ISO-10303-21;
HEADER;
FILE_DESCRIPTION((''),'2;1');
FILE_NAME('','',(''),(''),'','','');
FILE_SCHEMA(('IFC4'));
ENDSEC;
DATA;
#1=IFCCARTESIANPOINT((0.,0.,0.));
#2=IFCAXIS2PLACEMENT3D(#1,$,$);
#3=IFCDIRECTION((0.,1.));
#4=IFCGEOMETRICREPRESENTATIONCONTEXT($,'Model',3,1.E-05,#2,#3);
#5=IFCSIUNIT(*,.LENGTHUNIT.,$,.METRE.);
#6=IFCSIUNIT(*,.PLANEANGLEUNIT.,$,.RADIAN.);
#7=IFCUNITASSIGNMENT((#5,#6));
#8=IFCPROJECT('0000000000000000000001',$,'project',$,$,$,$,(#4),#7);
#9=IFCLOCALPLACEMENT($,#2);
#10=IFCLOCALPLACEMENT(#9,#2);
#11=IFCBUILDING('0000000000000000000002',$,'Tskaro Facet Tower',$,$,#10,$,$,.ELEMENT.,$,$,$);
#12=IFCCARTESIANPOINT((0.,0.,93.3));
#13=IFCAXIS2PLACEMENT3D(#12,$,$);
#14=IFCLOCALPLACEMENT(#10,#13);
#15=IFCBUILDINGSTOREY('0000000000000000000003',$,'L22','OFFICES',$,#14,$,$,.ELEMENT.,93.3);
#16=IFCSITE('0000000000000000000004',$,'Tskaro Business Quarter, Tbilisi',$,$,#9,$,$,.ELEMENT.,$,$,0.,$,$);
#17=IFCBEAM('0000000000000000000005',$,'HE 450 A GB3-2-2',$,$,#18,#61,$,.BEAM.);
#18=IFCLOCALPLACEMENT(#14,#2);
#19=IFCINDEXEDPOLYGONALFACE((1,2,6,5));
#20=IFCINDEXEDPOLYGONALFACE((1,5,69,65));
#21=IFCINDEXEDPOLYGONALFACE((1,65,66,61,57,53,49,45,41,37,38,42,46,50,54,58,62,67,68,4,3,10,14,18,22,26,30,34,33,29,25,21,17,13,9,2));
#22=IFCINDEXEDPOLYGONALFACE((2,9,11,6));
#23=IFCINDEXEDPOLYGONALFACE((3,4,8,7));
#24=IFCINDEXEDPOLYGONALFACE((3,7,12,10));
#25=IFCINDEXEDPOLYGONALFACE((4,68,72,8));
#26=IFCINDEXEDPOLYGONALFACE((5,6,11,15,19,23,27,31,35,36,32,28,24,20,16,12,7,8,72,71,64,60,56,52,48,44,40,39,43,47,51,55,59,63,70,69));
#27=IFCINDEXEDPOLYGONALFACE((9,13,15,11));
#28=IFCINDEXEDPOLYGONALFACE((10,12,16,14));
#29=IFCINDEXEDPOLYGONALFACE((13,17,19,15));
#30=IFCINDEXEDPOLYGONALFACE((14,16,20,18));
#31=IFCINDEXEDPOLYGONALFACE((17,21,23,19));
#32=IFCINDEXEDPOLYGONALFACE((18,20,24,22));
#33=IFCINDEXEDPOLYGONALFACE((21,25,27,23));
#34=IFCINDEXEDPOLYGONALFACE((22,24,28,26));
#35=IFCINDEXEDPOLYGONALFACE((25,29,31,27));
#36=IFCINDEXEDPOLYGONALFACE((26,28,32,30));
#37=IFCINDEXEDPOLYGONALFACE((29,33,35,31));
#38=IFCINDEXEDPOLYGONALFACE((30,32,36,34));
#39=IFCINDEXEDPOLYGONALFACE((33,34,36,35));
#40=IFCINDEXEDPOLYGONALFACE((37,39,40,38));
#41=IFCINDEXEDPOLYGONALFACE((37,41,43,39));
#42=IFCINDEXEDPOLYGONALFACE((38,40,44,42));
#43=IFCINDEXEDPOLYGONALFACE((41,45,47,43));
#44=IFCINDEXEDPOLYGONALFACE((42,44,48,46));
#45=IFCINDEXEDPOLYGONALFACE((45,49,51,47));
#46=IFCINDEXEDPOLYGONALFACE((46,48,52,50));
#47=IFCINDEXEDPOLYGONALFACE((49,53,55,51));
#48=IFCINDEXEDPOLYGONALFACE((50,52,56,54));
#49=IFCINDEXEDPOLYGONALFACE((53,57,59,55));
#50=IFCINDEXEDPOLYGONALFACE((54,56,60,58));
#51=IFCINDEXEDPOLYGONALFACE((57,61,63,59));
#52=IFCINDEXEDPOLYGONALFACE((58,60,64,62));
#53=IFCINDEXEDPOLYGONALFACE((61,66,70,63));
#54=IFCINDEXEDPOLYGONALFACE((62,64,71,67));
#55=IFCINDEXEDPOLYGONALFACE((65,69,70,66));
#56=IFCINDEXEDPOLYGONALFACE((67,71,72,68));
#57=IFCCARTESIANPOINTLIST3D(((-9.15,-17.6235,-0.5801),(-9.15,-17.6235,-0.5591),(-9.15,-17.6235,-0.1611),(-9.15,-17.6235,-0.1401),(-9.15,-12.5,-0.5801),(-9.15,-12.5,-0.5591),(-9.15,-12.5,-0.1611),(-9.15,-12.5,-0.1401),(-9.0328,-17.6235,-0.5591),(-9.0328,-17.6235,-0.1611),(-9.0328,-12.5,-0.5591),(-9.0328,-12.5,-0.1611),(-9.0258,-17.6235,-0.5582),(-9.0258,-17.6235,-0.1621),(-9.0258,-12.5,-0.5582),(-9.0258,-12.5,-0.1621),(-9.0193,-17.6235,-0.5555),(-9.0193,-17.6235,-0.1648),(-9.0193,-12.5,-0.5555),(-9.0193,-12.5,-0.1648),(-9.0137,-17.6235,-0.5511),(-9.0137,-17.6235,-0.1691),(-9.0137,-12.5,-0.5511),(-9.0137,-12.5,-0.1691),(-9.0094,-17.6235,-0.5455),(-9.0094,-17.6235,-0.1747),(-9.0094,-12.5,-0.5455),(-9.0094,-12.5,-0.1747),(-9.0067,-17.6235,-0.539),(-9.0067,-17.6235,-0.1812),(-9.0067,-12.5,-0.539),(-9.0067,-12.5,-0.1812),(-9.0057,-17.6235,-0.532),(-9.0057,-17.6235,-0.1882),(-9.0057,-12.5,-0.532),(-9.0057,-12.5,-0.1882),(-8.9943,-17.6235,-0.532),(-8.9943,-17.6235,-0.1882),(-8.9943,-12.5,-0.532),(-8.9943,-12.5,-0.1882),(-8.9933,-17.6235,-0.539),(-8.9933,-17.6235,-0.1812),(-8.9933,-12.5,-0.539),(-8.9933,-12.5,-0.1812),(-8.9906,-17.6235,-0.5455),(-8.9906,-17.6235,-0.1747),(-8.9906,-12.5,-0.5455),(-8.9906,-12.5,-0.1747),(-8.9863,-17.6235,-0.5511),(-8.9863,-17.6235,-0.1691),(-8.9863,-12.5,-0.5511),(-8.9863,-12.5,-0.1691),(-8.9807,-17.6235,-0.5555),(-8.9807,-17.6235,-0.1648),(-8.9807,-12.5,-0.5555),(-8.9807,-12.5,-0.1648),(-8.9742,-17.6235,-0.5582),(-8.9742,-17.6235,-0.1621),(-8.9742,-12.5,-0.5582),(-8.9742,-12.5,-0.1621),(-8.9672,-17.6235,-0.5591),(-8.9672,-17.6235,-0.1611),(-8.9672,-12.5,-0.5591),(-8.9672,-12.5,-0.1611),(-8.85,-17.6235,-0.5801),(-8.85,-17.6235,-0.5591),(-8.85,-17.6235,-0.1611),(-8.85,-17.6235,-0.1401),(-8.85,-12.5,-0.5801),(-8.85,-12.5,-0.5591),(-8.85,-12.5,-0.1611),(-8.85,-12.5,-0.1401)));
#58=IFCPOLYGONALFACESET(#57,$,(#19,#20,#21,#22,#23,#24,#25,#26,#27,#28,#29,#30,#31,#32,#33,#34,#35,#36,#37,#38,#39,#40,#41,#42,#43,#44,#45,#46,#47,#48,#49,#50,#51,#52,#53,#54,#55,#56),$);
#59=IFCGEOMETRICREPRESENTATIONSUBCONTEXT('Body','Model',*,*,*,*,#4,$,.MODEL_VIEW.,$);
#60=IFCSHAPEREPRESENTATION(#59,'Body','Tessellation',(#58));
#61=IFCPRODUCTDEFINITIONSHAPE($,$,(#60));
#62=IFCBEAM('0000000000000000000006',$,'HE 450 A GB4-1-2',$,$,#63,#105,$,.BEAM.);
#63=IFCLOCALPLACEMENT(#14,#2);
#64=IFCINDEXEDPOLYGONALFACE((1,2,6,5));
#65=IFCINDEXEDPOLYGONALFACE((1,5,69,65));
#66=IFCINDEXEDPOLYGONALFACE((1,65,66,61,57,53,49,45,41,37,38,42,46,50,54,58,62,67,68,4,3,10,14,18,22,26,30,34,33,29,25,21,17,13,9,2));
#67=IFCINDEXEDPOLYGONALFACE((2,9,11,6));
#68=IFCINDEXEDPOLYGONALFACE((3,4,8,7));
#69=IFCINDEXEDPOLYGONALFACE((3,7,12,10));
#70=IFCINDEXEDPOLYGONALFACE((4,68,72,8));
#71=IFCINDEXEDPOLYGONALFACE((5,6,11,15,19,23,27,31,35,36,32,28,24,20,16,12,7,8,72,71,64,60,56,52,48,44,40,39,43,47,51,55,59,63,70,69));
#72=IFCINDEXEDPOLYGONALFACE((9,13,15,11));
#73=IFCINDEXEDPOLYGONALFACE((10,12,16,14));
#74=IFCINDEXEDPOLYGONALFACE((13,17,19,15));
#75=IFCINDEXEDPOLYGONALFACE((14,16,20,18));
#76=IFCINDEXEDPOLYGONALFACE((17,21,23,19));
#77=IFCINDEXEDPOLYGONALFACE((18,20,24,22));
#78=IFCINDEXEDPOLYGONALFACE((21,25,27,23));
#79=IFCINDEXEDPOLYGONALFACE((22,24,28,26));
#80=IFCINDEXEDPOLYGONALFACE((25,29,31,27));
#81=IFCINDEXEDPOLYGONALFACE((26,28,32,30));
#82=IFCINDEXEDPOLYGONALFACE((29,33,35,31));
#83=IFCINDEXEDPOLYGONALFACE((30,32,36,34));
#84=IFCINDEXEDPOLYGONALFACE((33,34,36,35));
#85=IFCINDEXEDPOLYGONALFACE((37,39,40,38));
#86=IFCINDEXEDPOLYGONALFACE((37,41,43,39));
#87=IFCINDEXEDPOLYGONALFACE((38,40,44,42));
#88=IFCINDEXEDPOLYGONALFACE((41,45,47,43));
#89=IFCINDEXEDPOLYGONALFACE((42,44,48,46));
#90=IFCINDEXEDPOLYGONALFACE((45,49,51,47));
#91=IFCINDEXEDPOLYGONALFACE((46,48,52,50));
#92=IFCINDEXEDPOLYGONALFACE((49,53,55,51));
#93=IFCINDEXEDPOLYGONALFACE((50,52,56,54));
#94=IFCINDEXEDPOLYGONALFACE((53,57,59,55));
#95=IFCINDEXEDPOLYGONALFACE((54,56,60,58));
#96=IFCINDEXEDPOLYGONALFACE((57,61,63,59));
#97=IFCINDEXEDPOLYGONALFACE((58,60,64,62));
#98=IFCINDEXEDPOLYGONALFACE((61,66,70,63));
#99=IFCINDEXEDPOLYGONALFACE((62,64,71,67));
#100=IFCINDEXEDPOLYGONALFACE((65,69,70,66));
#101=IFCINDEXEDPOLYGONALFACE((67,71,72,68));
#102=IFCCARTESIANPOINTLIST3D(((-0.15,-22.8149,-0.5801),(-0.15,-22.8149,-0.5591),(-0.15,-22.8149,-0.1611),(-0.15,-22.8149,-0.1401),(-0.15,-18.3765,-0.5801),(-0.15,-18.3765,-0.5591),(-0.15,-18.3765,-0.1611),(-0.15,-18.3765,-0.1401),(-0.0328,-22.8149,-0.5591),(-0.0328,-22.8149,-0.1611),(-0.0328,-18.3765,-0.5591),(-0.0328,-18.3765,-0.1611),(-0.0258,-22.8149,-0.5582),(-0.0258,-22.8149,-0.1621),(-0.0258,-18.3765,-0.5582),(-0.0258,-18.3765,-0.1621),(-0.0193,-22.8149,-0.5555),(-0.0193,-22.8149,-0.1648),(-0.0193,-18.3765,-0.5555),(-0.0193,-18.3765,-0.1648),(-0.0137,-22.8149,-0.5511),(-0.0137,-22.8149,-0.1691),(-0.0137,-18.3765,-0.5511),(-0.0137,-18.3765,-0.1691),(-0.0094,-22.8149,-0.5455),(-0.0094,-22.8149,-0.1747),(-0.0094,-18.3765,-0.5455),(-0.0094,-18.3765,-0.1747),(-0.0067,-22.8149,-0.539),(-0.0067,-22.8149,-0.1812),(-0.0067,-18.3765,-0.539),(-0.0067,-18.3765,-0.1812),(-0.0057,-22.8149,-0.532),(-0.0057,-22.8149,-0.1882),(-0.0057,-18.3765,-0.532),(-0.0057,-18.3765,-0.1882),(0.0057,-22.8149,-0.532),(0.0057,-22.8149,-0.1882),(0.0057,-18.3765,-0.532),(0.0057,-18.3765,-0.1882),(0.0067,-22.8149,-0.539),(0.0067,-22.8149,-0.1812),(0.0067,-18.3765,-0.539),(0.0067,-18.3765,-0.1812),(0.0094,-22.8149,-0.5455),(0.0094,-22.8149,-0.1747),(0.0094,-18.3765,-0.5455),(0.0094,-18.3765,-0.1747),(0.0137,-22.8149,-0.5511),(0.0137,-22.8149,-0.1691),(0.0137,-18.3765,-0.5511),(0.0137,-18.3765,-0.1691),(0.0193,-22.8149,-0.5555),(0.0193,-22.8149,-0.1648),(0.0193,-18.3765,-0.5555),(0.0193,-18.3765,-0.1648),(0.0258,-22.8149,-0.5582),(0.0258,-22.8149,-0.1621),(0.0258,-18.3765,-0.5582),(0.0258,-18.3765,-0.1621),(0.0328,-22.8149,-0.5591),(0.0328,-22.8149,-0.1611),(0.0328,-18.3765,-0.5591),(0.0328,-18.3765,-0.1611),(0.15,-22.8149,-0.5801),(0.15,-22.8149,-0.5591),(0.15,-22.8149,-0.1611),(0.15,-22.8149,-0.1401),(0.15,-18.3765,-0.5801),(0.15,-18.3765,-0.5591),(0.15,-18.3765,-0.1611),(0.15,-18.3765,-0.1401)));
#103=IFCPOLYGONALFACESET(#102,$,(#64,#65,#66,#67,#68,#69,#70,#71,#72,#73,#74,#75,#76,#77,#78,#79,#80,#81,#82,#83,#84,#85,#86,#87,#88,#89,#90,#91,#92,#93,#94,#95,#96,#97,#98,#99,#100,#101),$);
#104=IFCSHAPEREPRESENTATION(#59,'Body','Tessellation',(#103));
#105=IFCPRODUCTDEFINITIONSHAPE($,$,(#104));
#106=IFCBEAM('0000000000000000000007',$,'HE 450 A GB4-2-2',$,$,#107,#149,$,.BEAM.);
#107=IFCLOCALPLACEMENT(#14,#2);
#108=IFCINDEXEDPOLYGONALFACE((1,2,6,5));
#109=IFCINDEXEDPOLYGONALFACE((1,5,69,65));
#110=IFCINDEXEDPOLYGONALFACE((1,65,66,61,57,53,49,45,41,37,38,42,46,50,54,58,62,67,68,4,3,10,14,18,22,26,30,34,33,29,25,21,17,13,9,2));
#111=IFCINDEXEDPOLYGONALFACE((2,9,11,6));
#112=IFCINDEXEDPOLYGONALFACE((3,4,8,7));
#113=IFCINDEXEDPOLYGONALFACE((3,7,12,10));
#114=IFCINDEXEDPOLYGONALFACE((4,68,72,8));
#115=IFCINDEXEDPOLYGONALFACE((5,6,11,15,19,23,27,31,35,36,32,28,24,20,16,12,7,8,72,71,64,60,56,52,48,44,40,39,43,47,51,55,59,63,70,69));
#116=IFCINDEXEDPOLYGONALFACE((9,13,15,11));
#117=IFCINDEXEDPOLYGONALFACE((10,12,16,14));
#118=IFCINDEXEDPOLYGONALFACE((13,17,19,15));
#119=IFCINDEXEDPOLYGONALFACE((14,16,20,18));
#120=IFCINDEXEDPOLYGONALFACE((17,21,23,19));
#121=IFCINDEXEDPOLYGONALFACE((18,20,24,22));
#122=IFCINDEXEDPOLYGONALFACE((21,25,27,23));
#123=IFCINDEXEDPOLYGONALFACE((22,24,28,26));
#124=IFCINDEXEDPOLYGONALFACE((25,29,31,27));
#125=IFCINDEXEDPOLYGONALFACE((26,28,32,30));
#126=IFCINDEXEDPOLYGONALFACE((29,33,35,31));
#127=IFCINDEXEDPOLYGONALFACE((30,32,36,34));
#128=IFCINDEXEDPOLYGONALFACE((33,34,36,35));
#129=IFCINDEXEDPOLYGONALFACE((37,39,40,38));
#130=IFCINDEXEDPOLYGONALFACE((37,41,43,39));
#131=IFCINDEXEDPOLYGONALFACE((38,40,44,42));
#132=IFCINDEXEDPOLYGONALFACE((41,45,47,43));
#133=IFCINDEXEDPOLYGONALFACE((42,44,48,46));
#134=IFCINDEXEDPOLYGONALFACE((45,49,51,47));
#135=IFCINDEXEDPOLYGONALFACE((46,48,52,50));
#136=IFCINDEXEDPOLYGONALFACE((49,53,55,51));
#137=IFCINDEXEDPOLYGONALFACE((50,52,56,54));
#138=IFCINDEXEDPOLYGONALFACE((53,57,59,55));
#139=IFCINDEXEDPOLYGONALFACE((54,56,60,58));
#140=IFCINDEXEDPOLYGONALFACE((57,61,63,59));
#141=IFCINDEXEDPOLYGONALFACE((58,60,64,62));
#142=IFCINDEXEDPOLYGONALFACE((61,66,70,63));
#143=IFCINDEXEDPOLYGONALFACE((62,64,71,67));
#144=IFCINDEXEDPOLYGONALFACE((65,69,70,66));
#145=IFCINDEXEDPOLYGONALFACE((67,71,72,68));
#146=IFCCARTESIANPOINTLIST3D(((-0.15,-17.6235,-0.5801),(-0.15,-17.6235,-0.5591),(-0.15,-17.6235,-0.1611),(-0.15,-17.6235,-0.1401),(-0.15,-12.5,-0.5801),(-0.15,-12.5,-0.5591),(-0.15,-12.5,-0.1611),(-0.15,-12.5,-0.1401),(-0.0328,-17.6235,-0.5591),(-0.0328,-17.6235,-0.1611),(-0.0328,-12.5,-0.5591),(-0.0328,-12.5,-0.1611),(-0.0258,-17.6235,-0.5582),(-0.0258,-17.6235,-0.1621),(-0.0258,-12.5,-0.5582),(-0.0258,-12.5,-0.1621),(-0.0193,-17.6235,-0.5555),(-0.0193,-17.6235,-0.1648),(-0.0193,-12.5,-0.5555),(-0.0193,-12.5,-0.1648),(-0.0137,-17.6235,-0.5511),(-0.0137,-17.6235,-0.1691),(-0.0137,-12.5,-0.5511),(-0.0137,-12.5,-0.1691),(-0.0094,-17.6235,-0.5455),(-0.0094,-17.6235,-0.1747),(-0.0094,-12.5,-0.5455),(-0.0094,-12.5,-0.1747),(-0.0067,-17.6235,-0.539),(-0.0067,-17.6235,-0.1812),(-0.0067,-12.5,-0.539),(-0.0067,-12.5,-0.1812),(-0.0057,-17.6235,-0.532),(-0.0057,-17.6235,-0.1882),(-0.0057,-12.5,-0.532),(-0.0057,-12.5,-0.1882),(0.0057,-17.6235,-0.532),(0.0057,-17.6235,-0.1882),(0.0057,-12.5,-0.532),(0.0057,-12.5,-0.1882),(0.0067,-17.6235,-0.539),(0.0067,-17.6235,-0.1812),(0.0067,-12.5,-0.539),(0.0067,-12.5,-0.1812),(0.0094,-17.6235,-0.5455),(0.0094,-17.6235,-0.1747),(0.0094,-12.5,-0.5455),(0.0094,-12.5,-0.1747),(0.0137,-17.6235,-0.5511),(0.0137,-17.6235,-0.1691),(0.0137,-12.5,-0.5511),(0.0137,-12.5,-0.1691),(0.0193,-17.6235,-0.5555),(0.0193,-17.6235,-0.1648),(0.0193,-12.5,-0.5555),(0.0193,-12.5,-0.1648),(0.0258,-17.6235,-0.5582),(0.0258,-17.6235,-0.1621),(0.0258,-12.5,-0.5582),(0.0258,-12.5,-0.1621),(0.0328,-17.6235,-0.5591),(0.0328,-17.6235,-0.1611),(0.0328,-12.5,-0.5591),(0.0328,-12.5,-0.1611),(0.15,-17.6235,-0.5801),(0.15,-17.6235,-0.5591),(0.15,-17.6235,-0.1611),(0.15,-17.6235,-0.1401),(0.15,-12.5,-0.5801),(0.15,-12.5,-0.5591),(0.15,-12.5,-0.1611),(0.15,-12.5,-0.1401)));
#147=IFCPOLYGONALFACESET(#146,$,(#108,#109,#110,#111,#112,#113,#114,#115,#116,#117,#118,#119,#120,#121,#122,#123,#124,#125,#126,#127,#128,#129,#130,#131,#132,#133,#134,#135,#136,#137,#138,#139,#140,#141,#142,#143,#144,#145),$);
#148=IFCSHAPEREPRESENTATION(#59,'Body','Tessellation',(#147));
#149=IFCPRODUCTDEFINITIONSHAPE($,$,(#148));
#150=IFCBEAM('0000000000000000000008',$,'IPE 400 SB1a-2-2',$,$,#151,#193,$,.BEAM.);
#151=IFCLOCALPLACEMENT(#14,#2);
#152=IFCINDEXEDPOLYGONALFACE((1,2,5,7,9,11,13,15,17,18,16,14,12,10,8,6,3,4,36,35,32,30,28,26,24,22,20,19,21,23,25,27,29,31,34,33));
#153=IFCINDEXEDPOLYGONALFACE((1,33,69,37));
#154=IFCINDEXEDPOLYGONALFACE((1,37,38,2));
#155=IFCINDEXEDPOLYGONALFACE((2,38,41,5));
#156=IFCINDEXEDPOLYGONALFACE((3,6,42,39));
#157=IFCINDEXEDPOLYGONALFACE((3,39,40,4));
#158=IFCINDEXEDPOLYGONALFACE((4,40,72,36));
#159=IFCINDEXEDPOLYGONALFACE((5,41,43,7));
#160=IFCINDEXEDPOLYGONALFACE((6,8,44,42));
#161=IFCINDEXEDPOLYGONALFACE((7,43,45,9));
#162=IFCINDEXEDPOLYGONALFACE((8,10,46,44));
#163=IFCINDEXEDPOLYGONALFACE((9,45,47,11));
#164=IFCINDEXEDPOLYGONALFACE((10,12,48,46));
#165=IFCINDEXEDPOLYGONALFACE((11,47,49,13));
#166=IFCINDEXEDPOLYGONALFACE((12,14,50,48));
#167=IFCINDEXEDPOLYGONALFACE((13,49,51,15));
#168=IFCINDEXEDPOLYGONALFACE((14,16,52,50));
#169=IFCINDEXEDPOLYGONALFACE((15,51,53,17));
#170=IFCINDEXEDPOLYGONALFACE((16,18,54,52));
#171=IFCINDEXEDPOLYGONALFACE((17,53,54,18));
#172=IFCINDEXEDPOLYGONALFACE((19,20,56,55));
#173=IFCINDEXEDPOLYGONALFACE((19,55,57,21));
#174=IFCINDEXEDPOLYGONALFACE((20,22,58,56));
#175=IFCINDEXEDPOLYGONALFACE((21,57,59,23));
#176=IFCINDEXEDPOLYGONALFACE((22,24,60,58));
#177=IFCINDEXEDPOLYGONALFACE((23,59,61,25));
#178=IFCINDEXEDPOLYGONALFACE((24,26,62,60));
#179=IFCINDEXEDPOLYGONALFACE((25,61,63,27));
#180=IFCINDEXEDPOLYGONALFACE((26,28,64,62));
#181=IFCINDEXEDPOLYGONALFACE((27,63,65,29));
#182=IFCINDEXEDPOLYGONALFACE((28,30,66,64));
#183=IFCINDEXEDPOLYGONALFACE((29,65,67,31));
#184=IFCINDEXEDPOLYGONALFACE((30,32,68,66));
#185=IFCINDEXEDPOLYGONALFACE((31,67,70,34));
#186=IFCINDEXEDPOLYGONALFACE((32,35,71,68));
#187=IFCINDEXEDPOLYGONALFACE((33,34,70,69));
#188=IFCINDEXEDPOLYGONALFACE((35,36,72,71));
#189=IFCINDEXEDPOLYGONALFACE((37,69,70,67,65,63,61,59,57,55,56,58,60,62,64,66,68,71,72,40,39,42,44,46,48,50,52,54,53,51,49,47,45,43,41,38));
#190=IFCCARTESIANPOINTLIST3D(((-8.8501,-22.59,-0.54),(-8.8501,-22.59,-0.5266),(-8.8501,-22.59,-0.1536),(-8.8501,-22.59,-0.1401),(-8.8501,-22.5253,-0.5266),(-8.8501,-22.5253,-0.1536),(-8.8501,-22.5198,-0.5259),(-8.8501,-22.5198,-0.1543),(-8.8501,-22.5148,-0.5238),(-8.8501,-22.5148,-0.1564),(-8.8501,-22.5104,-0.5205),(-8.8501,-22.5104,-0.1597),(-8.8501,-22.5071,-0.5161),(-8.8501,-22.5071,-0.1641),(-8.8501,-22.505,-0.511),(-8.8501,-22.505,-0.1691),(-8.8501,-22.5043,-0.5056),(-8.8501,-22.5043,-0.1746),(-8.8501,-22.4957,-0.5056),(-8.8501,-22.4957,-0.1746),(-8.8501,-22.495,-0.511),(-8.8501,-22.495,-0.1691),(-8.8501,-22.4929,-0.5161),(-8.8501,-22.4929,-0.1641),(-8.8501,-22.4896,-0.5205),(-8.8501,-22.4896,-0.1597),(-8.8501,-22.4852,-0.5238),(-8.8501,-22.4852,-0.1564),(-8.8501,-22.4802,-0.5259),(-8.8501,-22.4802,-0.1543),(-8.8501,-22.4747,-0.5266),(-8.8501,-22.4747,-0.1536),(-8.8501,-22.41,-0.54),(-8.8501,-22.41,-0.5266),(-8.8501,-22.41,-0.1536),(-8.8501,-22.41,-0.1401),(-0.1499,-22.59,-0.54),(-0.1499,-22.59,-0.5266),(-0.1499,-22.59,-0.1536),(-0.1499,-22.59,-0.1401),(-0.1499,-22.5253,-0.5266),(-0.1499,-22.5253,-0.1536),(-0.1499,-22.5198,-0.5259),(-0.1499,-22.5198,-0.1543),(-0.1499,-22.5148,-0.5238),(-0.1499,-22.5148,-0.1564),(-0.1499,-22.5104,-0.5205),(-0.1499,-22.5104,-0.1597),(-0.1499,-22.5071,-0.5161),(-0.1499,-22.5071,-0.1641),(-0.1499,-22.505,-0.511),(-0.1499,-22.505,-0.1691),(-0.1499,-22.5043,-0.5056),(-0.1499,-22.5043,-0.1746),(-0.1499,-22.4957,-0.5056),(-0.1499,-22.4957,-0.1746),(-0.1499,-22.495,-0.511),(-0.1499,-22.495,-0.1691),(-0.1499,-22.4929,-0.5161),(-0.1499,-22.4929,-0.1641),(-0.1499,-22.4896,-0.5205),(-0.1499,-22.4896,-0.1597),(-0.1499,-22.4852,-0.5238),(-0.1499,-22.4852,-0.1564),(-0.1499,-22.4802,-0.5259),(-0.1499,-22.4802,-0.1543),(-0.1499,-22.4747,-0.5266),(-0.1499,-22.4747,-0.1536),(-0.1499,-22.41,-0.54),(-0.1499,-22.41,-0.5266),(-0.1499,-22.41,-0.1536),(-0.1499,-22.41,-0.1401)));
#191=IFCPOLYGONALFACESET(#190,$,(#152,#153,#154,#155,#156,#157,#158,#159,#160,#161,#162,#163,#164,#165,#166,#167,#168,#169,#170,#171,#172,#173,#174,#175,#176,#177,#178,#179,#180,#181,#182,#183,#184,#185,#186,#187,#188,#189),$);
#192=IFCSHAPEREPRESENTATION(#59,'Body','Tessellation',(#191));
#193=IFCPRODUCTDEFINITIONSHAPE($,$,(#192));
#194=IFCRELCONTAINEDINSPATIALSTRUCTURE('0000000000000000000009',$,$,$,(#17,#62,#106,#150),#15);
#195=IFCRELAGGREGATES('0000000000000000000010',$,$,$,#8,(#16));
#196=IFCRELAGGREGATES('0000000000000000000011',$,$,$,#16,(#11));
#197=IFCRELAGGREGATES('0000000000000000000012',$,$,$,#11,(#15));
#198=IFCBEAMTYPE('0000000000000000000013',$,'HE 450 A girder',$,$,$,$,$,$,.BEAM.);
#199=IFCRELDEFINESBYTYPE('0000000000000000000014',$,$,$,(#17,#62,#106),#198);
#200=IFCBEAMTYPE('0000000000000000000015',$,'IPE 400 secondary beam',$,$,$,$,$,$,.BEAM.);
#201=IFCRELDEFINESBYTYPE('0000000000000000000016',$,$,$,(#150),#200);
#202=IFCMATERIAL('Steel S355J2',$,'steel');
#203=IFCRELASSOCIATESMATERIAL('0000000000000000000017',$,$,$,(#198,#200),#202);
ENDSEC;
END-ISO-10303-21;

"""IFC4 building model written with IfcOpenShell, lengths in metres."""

from ifc_helpers import new_model, si_unit, direction, frame, origin, origin_2d, place, context, subcontext, project, spatial, i_section, extrude, material, material_profile, profile_set, type_object, element, save


model = new_model("IFC4")

# Units and contexts
model_context = context("Model", 3, precision=1e-05, world=origin(), true_north=direction((0.0, 1.0)))
body_context = subcontext(model_context, "Body", "Model", "MODEL_VIEW")
ifc_project = project(units=[si_unit("LENGTHUNIT", "METRE"), si_unit("PLANEANGLEUNIT", "RADIAN")], contexts=[model_context])

# Site, building, storey
site_placement = place(None, origin())
site = spatial("IfcSite", under=ifc_project, at=site_placement, Name="Tskaro Business Quarter, Tbilisi", CompositionType="ELEMENT", RefElevation=0.0)
building_placement = place(site_placement, origin())
building = spatial("IfcBuilding", under=site, at=building_placement, Name="Tskaro Facet Tower", CompositionType="ELEMENT")
storey_placement = place(building_placement, frame((0.0, 0.0, 93.3)))
storey = spatial("IfcBuildingStorey", under=building, at=storey_placement, Name="L22", Description="OFFICES", CompositionType="ELEMENT", Elevation=93.3)

# Beams
ifc_material_1 = material(Name="Steel S355J2", Category="steel")
ifc_material_profile_1 = material_profile(ifc_material_1, i_section(OverallWidth=0.3, OverallDepth=0.4399, WebThickness=0.0115, FlangeThickness=0.021, FilletRadius=0.0271, at=origin_2d()), Name="HE 450 A")
ifc_profile_set_1 = profile_set([ifc_material_profile_1], Name="Steel S355J2")
beam_type_1 = type_object("IfcBeamType", Name="HE 450 A girder", PredefinedType="BEAM", material=ifc_profile_set_1)
beam_1_placement = place(storey_placement, frame((-9.0, -17.6235, -0.3601), z_axis=(0.0, 1.0, 0.0), x_axis=(-1.0, 0.0, 0.0)))
element("IfcBeam", 1, at=beam_1_placement, inside=storey, type_object=beam_type_1, Name="HE 450 A GB3-2-2", PredefinedType="BEAM", context=body_context, shape_type="SweptSolid", body=[
    extrude(i_section(OverallWidth=0.3, OverallDepth=0.4399, WebThickness=0.0115, FlangeThickness=0.021, FilletRadius=0.0271, at=origin_2d()), origin(), (0.0, 0.0, 1.0), 5.1235),
])
beam_2_placement = place(storey_placement, frame((0.0, -22.8149, -0.3601), z_axis=(0.0, 1.0, 0.0), x_axis=(-1.0, 0.0, 0.0)))
element("IfcBeam", 2, at=beam_2_placement, inside=storey, type_object=beam_type_1, Name="HE 450 A GB4-1-2", PredefinedType="BEAM", context=body_context, shape_type="SweptSolid", body=[
    extrude(i_section(OverallWidth=0.3, OverallDepth=0.4399, WebThickness=0.0115, FlangeThickness=0.021, FilletRadius=0.0271, at=origin_2d()), origin(), (0.0, 0.0, 1.0), 4.4385),
])
beam_3_placement = place(storey_placement, frame((0.0, -17.6235, -0.3601), z_axis=(0.0, 1.0, 0.0), x_axis=(-1.0, 0.0, 0.0)))
element("IfcBeam", 3, at=beam_3_placement, inside=storey, type_object=beam_type_1, Name="HE 450 A GB4-2-2", PredefinedType="BEAM", context=body_context, shape_type="SweptSolid", body=[
    extrude(i_section(OverallWidth=0.3, OverallDepth=0.4399, WebThickness=0.0115, FlangeThickness=0.021, FilletRadius=0.0271, at=origin_2d()), origin(), (0.0, 0.0, 1.0), 5.1235),
])
ifc_material_profile_2 = material_profile(ifc_material_1, i_section(OverallWidth=0.1799, OverallDepth=0.3999, WebThickness=0.0085, FlangeThickness=0.0134, FilletRadius=0.021, at=origin_2d()), Name="IPE 400")
ifc_profile_set_2 = profile_set([ifc_material_profile_2], Name="Steel S355J2")
beam_type_2 = type_object("IfcBeamType", Name="IPE 400 secondary beam", PredefinedType="BEAM", material=ifc_profile_set_2)
beam_4_placement = place(storey_placement, frame((-8.8501, -22.5, -0.3401), z_axis=(1.0, 0.0, 0.0), x_axis=(0.0, 1.0, 0.0)))
element("IfcBeam", 4, at=beam_4_placement, inside=storey, type_object=beam_type_2, Name="IPE 400 SB1a-2-2", PredefinedType="BEAM", context=body_context, shape_type="SweptSolid", body=[
    extrude(i_section(OverallWidth=0.1799, OverallDepth=0.3999, WebThickness=0.0085, FlangeThickness=0.0134, FilletRadius=0.021, at=origin_2d()), origin(), (0.0, 0.0, 1.0), 8.7002),
])

save(model, "model.ifc")
